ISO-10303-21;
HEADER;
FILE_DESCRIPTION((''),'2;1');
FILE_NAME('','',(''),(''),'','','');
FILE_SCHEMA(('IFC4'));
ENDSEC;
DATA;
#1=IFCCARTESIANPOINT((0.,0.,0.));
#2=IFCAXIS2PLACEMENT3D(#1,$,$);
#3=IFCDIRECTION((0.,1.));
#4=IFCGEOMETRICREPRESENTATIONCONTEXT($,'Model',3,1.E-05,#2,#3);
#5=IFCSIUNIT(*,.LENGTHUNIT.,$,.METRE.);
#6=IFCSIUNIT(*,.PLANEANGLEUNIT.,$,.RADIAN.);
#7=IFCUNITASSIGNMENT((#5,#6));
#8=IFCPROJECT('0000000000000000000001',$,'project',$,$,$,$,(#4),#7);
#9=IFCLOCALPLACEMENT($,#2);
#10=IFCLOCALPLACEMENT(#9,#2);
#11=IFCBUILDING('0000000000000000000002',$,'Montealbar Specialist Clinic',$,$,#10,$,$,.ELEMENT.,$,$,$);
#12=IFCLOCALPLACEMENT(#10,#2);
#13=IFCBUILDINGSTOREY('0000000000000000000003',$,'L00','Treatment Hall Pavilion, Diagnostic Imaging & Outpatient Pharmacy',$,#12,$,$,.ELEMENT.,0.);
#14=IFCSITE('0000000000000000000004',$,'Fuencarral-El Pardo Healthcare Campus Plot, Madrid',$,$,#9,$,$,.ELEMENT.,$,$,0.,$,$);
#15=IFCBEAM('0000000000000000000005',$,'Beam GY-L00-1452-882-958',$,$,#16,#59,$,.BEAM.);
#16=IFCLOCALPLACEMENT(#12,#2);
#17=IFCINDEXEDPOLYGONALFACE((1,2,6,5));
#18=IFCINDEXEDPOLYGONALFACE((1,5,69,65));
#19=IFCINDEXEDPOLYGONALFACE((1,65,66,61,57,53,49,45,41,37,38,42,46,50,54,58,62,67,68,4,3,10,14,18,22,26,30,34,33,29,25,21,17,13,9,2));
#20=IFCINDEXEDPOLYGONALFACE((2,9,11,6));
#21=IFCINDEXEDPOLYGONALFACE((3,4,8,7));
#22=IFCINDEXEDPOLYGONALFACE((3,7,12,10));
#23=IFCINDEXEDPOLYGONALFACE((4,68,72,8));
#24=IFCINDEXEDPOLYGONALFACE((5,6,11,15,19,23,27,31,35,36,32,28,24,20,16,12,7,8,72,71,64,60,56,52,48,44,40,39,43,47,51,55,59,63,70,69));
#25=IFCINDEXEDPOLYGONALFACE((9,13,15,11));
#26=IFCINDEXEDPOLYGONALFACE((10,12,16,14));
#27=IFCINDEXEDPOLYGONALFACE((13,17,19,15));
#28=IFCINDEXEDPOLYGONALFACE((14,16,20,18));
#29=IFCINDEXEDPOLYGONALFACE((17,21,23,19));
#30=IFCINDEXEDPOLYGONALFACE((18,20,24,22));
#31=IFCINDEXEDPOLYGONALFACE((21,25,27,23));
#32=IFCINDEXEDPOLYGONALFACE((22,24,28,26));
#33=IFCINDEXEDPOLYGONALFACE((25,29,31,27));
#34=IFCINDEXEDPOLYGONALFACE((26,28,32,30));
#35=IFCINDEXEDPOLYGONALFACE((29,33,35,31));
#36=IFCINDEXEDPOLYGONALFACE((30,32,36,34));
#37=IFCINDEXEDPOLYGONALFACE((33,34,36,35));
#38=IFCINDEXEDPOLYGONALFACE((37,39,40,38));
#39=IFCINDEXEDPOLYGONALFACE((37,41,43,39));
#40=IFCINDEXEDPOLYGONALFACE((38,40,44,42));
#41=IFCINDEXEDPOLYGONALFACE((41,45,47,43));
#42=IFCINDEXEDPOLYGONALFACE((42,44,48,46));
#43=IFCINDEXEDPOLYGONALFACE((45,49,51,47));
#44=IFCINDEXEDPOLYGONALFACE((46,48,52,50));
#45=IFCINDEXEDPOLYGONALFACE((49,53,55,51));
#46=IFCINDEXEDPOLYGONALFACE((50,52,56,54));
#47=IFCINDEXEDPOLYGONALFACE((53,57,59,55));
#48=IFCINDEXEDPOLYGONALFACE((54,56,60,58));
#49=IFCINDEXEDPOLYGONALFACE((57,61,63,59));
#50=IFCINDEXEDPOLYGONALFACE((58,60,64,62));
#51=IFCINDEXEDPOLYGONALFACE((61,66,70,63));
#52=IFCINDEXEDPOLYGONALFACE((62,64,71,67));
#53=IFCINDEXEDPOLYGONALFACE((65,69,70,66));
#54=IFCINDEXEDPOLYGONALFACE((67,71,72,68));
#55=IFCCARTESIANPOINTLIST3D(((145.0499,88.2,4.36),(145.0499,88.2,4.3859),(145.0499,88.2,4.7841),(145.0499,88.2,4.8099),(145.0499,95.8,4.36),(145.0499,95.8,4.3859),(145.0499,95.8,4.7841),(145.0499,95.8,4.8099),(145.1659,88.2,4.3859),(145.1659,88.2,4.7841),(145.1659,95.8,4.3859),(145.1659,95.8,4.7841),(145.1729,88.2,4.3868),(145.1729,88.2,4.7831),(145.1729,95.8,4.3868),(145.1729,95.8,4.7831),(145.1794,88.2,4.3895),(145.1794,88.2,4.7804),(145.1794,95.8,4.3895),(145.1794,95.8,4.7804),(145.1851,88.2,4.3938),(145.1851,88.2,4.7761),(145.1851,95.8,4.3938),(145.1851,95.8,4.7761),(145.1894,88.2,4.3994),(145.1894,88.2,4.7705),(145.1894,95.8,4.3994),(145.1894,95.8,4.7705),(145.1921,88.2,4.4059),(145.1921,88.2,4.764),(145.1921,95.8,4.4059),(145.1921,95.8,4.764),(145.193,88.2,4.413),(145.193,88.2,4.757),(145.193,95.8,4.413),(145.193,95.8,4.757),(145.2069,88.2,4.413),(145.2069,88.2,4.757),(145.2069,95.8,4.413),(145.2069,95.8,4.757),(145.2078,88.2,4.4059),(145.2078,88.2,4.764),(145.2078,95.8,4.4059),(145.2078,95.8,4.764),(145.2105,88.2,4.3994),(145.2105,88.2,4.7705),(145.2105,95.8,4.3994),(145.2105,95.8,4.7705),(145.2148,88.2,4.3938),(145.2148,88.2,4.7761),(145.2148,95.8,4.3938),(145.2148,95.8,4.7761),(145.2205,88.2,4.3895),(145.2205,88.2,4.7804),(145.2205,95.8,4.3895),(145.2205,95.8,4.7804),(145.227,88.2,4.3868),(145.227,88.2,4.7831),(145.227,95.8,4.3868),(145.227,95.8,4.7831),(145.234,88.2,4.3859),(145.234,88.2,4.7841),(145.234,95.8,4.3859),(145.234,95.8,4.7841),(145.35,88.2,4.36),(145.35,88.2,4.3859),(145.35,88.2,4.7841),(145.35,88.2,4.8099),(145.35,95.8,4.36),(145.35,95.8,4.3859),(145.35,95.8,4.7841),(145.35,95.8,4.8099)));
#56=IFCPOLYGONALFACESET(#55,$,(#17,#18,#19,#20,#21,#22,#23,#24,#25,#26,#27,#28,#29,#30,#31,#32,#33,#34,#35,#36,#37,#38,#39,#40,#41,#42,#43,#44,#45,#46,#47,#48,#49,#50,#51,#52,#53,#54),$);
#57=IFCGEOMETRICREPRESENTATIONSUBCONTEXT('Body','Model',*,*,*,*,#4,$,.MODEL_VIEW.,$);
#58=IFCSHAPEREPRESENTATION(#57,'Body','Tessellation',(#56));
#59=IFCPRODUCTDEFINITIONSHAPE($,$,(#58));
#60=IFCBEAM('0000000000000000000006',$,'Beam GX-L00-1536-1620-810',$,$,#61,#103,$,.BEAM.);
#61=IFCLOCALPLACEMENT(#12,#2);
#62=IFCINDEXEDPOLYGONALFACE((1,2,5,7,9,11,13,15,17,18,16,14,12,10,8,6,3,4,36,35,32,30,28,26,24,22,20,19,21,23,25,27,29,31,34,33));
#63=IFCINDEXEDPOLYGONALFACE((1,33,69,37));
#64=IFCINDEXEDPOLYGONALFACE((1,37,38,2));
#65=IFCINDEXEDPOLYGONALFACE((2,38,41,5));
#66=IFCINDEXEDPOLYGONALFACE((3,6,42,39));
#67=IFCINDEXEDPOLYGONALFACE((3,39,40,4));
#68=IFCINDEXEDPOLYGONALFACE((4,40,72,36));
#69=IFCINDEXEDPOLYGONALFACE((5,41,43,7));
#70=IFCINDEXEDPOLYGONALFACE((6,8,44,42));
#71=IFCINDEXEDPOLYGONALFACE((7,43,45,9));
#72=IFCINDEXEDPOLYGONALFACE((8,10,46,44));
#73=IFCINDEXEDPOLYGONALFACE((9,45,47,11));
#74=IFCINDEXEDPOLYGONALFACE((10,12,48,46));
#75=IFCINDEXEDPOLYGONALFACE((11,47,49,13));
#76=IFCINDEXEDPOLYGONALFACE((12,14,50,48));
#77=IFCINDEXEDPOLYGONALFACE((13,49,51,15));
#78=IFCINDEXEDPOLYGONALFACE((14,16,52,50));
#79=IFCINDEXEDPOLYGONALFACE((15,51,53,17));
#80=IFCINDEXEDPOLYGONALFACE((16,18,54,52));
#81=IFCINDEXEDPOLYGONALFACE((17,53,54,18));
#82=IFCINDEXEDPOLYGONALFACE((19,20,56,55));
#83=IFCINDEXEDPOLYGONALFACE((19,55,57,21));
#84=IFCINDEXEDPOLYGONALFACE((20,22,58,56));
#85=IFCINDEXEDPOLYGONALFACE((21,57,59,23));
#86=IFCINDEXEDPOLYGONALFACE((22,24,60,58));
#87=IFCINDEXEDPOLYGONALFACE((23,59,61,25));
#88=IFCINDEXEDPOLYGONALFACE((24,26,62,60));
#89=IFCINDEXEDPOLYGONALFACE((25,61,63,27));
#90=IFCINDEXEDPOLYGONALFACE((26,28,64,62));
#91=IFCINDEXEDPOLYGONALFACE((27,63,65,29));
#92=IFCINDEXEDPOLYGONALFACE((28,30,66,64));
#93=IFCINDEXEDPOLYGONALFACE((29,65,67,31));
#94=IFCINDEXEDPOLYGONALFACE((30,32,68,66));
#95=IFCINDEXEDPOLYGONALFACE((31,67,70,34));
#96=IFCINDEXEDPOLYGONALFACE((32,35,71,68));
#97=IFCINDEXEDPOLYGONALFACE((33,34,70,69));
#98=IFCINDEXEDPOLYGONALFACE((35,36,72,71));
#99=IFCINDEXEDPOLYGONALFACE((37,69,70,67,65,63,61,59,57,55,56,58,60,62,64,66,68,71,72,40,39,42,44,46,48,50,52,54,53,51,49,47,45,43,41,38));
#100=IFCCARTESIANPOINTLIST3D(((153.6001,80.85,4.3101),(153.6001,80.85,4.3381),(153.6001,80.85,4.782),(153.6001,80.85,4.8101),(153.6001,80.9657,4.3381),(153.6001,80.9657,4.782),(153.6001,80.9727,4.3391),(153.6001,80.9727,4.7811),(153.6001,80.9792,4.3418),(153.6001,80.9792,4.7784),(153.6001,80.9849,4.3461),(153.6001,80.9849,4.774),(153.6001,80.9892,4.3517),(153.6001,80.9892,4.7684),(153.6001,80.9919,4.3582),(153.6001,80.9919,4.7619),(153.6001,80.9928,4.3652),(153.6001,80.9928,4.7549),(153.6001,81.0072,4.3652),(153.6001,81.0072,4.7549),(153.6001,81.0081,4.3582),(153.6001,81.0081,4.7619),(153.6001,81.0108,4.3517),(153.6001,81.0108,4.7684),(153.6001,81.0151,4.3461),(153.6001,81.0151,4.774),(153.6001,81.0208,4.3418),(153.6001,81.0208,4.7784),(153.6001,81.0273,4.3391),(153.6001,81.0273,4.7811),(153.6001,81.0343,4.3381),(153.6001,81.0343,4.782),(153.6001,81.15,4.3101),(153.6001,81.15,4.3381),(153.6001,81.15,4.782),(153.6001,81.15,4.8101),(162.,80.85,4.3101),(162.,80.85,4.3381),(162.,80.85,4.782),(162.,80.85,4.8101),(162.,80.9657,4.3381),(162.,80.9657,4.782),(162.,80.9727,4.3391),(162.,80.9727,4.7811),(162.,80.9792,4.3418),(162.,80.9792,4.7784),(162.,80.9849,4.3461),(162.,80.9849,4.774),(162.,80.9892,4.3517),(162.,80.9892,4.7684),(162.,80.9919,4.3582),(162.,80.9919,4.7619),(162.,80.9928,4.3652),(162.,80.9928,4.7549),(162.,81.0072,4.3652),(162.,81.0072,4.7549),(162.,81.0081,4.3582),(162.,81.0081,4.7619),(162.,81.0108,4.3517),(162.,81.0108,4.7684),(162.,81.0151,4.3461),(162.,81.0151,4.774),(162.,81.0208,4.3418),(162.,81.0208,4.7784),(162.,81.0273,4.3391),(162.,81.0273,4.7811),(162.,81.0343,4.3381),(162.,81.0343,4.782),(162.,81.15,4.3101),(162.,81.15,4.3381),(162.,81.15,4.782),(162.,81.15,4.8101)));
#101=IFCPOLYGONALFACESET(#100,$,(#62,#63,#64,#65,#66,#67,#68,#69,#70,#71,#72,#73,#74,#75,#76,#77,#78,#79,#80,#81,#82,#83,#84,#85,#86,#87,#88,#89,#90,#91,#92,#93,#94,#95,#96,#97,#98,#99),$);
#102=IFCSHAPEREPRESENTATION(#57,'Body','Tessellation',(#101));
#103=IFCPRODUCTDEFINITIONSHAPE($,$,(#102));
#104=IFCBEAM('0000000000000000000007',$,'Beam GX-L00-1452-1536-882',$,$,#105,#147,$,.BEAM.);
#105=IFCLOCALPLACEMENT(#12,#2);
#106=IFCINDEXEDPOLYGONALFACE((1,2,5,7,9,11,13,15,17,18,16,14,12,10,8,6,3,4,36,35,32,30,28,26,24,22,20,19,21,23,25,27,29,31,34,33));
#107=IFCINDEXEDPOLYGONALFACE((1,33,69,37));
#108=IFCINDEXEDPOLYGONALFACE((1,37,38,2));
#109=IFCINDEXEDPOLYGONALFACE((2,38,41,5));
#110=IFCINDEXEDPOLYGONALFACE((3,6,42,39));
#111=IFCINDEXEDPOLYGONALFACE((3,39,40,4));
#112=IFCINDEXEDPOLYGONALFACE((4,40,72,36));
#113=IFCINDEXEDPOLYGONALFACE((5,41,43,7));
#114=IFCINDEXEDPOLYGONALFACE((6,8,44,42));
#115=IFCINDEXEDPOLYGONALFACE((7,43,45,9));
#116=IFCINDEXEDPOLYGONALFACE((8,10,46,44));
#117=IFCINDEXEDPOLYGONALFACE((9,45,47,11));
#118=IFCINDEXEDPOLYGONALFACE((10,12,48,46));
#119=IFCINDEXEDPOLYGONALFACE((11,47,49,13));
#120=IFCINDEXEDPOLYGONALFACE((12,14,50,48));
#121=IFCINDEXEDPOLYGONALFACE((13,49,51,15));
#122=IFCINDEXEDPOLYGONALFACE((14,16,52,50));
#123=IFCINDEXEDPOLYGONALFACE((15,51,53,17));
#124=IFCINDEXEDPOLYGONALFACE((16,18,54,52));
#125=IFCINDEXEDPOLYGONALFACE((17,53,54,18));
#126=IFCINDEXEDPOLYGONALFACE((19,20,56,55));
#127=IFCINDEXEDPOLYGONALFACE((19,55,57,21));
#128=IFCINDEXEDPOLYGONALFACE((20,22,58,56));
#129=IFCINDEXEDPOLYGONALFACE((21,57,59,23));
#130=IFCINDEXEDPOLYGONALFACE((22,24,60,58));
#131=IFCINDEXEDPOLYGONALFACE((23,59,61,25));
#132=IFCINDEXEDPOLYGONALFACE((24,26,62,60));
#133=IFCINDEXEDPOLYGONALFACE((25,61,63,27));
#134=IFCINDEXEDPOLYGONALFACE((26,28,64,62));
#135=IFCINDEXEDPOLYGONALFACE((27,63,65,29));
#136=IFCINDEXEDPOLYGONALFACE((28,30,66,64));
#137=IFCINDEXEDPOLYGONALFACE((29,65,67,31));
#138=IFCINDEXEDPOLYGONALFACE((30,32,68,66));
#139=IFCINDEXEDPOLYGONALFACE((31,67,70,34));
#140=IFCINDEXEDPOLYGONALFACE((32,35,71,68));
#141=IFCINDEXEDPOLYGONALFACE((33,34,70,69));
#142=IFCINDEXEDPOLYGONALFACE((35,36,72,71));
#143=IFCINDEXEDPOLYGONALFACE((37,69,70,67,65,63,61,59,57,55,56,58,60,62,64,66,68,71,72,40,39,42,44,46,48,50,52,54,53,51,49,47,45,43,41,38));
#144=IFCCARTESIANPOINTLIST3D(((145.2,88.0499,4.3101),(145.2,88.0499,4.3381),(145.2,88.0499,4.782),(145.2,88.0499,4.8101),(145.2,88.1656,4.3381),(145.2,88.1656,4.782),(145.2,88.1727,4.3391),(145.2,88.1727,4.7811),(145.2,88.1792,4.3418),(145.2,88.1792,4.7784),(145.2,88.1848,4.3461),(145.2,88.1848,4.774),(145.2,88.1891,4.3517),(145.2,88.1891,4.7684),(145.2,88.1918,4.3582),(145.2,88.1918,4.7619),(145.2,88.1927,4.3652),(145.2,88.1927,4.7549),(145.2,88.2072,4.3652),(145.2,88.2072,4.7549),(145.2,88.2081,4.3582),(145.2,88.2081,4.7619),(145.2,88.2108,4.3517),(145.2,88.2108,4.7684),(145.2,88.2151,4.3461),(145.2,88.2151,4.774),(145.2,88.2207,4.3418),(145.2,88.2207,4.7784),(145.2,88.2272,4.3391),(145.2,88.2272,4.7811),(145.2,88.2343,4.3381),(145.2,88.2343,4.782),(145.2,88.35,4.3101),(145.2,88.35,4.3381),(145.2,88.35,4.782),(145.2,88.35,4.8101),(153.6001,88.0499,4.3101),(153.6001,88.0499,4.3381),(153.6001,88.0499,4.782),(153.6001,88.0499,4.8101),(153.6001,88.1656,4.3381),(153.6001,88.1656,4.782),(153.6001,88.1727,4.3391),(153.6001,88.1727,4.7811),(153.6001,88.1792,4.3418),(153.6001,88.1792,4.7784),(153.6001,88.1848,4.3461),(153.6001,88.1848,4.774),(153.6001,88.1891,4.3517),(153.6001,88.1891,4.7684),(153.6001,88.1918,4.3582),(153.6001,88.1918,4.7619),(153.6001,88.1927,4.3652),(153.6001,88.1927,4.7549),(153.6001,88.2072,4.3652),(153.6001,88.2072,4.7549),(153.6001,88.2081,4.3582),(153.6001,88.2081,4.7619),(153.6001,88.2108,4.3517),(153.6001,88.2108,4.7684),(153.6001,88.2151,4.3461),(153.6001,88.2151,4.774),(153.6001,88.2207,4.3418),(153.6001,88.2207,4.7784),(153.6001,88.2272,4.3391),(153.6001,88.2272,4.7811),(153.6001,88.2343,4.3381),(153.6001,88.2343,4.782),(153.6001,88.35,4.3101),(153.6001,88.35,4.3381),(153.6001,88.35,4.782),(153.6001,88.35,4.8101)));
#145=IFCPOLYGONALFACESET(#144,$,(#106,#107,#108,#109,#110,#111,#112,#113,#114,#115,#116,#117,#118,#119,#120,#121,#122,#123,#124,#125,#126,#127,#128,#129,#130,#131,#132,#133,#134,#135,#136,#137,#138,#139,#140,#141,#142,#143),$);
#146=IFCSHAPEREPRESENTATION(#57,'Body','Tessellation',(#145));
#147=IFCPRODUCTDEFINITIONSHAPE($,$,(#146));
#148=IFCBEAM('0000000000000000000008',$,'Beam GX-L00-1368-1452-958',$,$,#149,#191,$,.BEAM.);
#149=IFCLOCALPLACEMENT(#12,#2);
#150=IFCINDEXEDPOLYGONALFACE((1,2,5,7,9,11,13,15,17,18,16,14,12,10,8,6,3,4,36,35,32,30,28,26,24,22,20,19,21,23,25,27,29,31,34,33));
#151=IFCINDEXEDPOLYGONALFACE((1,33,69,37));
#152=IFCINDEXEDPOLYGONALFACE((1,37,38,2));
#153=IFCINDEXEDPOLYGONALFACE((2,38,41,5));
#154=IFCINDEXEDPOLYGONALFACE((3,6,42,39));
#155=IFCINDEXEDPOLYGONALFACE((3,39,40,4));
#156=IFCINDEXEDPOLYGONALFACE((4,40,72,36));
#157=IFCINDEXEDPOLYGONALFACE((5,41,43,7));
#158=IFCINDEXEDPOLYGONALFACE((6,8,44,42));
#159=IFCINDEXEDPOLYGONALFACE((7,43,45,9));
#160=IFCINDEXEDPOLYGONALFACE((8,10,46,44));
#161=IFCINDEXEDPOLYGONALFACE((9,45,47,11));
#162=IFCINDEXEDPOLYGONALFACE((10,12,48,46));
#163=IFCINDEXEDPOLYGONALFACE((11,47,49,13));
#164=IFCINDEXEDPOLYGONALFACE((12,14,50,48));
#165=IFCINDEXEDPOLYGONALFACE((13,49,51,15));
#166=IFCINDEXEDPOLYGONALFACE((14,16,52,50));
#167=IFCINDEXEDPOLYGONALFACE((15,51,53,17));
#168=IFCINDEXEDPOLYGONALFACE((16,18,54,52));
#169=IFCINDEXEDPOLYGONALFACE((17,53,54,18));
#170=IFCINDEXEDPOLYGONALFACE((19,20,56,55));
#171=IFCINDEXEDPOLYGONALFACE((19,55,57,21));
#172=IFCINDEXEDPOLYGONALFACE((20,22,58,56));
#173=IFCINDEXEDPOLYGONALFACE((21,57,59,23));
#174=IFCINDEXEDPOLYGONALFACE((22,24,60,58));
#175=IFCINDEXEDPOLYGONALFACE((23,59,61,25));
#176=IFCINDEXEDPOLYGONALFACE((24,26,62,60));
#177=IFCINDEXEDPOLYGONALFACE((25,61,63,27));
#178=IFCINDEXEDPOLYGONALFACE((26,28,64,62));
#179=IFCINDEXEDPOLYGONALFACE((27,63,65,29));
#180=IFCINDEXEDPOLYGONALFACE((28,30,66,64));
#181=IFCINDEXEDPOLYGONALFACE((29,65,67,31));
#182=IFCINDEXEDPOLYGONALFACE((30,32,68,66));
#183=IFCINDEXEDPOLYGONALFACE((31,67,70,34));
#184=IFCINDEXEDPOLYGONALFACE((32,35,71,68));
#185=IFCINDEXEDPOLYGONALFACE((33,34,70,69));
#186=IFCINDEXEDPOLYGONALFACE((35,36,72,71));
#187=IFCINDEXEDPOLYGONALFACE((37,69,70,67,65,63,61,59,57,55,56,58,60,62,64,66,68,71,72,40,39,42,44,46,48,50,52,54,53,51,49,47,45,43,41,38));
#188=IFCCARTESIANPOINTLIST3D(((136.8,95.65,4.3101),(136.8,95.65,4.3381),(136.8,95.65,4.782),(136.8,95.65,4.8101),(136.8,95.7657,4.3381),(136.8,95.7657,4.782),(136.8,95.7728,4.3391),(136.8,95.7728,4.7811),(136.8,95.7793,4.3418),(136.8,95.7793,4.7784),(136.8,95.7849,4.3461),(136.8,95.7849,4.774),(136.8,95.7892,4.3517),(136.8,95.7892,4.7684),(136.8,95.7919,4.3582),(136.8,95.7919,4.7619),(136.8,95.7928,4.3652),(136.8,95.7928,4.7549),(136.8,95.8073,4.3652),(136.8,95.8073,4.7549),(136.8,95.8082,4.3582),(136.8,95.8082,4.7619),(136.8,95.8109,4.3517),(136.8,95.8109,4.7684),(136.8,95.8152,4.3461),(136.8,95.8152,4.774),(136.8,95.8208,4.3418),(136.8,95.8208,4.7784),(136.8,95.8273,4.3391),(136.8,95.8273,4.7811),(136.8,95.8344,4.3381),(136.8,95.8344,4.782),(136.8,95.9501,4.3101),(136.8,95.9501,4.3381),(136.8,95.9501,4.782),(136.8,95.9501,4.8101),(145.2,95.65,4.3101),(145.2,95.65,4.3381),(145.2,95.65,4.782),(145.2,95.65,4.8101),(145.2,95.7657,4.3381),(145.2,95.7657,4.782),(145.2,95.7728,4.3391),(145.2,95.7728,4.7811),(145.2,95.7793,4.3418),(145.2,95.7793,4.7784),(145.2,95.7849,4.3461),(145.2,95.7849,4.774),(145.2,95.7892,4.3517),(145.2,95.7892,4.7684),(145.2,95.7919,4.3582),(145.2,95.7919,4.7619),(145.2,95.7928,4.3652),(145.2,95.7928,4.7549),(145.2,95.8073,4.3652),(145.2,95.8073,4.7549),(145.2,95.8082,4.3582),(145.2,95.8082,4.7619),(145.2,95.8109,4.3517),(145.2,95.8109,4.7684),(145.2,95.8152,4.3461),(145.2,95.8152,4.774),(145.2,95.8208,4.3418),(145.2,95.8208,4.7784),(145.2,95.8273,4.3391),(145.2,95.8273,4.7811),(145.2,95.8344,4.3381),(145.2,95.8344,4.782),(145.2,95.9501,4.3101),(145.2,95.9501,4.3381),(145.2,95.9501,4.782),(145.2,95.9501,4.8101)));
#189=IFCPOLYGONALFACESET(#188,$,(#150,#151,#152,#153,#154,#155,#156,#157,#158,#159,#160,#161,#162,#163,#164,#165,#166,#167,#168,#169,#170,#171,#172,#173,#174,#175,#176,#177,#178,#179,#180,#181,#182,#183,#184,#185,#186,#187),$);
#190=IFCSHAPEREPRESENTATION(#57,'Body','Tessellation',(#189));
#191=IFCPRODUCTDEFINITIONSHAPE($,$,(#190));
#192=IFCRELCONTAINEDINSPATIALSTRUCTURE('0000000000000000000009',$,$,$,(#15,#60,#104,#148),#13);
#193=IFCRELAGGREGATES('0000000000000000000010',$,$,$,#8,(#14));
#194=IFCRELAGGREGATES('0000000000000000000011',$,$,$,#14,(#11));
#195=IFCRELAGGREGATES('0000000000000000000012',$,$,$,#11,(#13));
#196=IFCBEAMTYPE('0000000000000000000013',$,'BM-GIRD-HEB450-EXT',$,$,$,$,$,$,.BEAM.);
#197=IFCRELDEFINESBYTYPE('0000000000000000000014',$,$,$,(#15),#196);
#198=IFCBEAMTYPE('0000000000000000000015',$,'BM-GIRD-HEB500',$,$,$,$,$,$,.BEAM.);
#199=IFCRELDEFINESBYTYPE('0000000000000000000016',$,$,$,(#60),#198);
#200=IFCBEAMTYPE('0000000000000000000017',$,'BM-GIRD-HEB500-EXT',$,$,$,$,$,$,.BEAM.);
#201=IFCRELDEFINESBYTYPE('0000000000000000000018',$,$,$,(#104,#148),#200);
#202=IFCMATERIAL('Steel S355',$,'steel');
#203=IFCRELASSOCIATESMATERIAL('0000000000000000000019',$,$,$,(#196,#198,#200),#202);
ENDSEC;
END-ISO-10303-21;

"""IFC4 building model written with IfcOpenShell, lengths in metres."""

from ifc_helpers import new_model, si_unit, direction, frame, origin, origin_2d, place, context, subcontext, project, spatial, i_section, extrude, material, material_profile, profile_set, type_object, element, save


model = new_model("IFC4")

# Units and contexts
model_context = context("Model", 3, precision=1e-05, world=origin(), true_north=direction((0.0, 1.0)))
body_context = subcontext(model_context, "Body", "Model", "MODEL_VIEW")
ifc_project = project(units=[si_unit("LENGTHUNIT", "METRE"), si_unit("PLANEANGLEUNIT", "RADIAN")], contexts=[model_context])

# Site, building, storey
site_placement = place(None, origin())
site = spatial("IfcSite", under=ifc_project, at=site_placement, Name="Fuencarral-El Pardo Healthcare Campus Plot, Madrid", CompositionType="ELEMENT", RefElevation=0.0)
building_placement = place(site_placement, origin())
building = spatial("IfcBuilding", under=site, at=building_placement, Name="Montealbar Specialist Clinic", CompositionType="ELEMENT")
storey_placement = place(building_placement, origin())
storey = spatial("IfcBuildingStorey", under=building, at=storey_placement, Name="L00", Description="Treatment Hall Pavilion, Diagnostic Imaging & Outpatient Pharmacy", CompositionType="ELEMENT", Elevation=0.0)

# Shared definitions
ifc_material_1 = material(Name="Steel S355", Category="steel")

# Beams
ifc_material_profile_1 = material_profile(ifc_material_1, i_section(OverallWidth=0.3, OverallDepth=0.45, WebThickness=0.0139, FlangeThickness=0.0259, FilletRadius=0.0271, at=origin_2d()), Name="HEB 450", Category="steel")
ifc_profile_set_1 = profile_set([ifc_material_profile_1], Name="Steel S355")
beam_type_1 = type_object("IfcBeamType", Name="BM-GIRD-HEB450-EXT", PredefinedType="BEAM", material=ifc_profile_set_1)
beam_1_placement = place(storey_placement, frame((145.2, 88.2, 4.585), z_axis=(0.0, 1.0, 0.0), x_axis=(-1.0, 0.0, 0.0)))
element("IfcBeam", 1, at=beam_1_placement, inside=storey, type_object=beam_type_1, Name="Beam GY-L00-1452-882-958", PredefinedType="BEAM", context=body_context, shape_type="SweptSolid", body=[
    extrude(i_section(OverallWidth=0.3, OverallDepth=0.45, WebThickness=0.0139, FlangeThickness=0.0259, FilletRadius=0.0271, at=origin_2d()), origin(), (0.0, 0.0, 1.0), 7.6001),
])
ifc_material_profile_2 = material_profile(ifc_material_1, i_section(OverallWidth=0.3, OverallDepth=0.5, WebThickness=0.0144, FlangeThickness=0.0281, FilletRadius=0.0271, at=origin_2d()), Name="HEB 500", Category="steel")
ifc_profile_set_2 = profile_set([ifc_material_profile_2], Name="Steel S355")
beam_type_2 = type_object("IfcBeamType", Name="BM-GIRD-HEB500", PredefinedType="BEAM", material=ifc_profile_set_2)
beam_2_placement = place(storey_placement, frame((153.6001, 81.0, 4.5601), z_axis=(1.0, 0.0, 0.0), x_axis=(0.0, 1.0, 0.0)))
element("IfcBeam", 2, at=beam_2_placement, inside=storey, type_object=beam_type_2, Name="Beam GX-L00-1536-1620-810", PredefinedType="BEAM", context=body_context, shape_type="SweptSolid", body=[
    extrude(i_section(OverallWidth=0.3, OverallDepth=0.5, WebThickness=0.0144, FlangeThickness=0.0281, FilletRadius=0.0271, at=origin_2d()), origin(), (0.0, 0.0, 1.0), 8.3999),
])
ifc_material_profile_3 = material_profile(ifc_material_1, i_section(OverallWidth=0.3, OverallDepth=0.5, WebThickness=0.0144, FlangeThickness=0.0281, FilletRadius=0.0271, at=origin_2d()), Name="HEB 500", Category="steel")
ifc_profile_set_3 = profile_set([ifc_material_profile_3], Name="Steel S355")
beam_type_3 = type_object("IfcBeamType", Name="BM-GIRD-HEB500-EXT", PredefinedType="BEAM", material=ifc_profile_set_3)
beam_3_placement = place(storey_placement, frame((145.2, 88.2, 4.5601), z_axis=(1.0, 0.0, 0.0), x_axis=(0.0, 1.0, 0.0)))
element("IfcBeam", 3, at=beam_3_placement, inside=storey, type_object=beam_type_3, Name="Beam GX-L00-1452-1536-882", PredefinedType="BEAM", context=body_context, shape_type="SweptSolid", body=[
    extrude(i_section(OverallWidth=0.3, OverallDepth=0.5, WebThickness=0.0144, FlangeThickness=0.0281, FilletRadius=0.0271, at=origin_2d()), origin(), (0.0, 0.0, 1.0), 8.4001),
])
beam_4_placement = place(storey_placement, frame((136.8, 95.8, 4.5601), z_axis=(1.0, 0.0, 0.0), x_axis=(0.0, 1.0, 0.0)))
element("IfcBeam", 4, at=beam_4_placement, inside=storey, type_object=beam_type_3, Name="Beam GX-L00-1368-1452-958", PredefinedType="BEAM", context=body_context, shape_type="SweptSolid", body=[
    extrude(i_section(OverallWidth=0.3, OverallDepth=0.5, WebThickness=0.0144, FlangeThickness=0.0281, FilletRadius=0.0271, at=origin_2d()), origin(), (0.0, 0.0, 1.0), 8.3999),
])

save(model, "model.ifc")
